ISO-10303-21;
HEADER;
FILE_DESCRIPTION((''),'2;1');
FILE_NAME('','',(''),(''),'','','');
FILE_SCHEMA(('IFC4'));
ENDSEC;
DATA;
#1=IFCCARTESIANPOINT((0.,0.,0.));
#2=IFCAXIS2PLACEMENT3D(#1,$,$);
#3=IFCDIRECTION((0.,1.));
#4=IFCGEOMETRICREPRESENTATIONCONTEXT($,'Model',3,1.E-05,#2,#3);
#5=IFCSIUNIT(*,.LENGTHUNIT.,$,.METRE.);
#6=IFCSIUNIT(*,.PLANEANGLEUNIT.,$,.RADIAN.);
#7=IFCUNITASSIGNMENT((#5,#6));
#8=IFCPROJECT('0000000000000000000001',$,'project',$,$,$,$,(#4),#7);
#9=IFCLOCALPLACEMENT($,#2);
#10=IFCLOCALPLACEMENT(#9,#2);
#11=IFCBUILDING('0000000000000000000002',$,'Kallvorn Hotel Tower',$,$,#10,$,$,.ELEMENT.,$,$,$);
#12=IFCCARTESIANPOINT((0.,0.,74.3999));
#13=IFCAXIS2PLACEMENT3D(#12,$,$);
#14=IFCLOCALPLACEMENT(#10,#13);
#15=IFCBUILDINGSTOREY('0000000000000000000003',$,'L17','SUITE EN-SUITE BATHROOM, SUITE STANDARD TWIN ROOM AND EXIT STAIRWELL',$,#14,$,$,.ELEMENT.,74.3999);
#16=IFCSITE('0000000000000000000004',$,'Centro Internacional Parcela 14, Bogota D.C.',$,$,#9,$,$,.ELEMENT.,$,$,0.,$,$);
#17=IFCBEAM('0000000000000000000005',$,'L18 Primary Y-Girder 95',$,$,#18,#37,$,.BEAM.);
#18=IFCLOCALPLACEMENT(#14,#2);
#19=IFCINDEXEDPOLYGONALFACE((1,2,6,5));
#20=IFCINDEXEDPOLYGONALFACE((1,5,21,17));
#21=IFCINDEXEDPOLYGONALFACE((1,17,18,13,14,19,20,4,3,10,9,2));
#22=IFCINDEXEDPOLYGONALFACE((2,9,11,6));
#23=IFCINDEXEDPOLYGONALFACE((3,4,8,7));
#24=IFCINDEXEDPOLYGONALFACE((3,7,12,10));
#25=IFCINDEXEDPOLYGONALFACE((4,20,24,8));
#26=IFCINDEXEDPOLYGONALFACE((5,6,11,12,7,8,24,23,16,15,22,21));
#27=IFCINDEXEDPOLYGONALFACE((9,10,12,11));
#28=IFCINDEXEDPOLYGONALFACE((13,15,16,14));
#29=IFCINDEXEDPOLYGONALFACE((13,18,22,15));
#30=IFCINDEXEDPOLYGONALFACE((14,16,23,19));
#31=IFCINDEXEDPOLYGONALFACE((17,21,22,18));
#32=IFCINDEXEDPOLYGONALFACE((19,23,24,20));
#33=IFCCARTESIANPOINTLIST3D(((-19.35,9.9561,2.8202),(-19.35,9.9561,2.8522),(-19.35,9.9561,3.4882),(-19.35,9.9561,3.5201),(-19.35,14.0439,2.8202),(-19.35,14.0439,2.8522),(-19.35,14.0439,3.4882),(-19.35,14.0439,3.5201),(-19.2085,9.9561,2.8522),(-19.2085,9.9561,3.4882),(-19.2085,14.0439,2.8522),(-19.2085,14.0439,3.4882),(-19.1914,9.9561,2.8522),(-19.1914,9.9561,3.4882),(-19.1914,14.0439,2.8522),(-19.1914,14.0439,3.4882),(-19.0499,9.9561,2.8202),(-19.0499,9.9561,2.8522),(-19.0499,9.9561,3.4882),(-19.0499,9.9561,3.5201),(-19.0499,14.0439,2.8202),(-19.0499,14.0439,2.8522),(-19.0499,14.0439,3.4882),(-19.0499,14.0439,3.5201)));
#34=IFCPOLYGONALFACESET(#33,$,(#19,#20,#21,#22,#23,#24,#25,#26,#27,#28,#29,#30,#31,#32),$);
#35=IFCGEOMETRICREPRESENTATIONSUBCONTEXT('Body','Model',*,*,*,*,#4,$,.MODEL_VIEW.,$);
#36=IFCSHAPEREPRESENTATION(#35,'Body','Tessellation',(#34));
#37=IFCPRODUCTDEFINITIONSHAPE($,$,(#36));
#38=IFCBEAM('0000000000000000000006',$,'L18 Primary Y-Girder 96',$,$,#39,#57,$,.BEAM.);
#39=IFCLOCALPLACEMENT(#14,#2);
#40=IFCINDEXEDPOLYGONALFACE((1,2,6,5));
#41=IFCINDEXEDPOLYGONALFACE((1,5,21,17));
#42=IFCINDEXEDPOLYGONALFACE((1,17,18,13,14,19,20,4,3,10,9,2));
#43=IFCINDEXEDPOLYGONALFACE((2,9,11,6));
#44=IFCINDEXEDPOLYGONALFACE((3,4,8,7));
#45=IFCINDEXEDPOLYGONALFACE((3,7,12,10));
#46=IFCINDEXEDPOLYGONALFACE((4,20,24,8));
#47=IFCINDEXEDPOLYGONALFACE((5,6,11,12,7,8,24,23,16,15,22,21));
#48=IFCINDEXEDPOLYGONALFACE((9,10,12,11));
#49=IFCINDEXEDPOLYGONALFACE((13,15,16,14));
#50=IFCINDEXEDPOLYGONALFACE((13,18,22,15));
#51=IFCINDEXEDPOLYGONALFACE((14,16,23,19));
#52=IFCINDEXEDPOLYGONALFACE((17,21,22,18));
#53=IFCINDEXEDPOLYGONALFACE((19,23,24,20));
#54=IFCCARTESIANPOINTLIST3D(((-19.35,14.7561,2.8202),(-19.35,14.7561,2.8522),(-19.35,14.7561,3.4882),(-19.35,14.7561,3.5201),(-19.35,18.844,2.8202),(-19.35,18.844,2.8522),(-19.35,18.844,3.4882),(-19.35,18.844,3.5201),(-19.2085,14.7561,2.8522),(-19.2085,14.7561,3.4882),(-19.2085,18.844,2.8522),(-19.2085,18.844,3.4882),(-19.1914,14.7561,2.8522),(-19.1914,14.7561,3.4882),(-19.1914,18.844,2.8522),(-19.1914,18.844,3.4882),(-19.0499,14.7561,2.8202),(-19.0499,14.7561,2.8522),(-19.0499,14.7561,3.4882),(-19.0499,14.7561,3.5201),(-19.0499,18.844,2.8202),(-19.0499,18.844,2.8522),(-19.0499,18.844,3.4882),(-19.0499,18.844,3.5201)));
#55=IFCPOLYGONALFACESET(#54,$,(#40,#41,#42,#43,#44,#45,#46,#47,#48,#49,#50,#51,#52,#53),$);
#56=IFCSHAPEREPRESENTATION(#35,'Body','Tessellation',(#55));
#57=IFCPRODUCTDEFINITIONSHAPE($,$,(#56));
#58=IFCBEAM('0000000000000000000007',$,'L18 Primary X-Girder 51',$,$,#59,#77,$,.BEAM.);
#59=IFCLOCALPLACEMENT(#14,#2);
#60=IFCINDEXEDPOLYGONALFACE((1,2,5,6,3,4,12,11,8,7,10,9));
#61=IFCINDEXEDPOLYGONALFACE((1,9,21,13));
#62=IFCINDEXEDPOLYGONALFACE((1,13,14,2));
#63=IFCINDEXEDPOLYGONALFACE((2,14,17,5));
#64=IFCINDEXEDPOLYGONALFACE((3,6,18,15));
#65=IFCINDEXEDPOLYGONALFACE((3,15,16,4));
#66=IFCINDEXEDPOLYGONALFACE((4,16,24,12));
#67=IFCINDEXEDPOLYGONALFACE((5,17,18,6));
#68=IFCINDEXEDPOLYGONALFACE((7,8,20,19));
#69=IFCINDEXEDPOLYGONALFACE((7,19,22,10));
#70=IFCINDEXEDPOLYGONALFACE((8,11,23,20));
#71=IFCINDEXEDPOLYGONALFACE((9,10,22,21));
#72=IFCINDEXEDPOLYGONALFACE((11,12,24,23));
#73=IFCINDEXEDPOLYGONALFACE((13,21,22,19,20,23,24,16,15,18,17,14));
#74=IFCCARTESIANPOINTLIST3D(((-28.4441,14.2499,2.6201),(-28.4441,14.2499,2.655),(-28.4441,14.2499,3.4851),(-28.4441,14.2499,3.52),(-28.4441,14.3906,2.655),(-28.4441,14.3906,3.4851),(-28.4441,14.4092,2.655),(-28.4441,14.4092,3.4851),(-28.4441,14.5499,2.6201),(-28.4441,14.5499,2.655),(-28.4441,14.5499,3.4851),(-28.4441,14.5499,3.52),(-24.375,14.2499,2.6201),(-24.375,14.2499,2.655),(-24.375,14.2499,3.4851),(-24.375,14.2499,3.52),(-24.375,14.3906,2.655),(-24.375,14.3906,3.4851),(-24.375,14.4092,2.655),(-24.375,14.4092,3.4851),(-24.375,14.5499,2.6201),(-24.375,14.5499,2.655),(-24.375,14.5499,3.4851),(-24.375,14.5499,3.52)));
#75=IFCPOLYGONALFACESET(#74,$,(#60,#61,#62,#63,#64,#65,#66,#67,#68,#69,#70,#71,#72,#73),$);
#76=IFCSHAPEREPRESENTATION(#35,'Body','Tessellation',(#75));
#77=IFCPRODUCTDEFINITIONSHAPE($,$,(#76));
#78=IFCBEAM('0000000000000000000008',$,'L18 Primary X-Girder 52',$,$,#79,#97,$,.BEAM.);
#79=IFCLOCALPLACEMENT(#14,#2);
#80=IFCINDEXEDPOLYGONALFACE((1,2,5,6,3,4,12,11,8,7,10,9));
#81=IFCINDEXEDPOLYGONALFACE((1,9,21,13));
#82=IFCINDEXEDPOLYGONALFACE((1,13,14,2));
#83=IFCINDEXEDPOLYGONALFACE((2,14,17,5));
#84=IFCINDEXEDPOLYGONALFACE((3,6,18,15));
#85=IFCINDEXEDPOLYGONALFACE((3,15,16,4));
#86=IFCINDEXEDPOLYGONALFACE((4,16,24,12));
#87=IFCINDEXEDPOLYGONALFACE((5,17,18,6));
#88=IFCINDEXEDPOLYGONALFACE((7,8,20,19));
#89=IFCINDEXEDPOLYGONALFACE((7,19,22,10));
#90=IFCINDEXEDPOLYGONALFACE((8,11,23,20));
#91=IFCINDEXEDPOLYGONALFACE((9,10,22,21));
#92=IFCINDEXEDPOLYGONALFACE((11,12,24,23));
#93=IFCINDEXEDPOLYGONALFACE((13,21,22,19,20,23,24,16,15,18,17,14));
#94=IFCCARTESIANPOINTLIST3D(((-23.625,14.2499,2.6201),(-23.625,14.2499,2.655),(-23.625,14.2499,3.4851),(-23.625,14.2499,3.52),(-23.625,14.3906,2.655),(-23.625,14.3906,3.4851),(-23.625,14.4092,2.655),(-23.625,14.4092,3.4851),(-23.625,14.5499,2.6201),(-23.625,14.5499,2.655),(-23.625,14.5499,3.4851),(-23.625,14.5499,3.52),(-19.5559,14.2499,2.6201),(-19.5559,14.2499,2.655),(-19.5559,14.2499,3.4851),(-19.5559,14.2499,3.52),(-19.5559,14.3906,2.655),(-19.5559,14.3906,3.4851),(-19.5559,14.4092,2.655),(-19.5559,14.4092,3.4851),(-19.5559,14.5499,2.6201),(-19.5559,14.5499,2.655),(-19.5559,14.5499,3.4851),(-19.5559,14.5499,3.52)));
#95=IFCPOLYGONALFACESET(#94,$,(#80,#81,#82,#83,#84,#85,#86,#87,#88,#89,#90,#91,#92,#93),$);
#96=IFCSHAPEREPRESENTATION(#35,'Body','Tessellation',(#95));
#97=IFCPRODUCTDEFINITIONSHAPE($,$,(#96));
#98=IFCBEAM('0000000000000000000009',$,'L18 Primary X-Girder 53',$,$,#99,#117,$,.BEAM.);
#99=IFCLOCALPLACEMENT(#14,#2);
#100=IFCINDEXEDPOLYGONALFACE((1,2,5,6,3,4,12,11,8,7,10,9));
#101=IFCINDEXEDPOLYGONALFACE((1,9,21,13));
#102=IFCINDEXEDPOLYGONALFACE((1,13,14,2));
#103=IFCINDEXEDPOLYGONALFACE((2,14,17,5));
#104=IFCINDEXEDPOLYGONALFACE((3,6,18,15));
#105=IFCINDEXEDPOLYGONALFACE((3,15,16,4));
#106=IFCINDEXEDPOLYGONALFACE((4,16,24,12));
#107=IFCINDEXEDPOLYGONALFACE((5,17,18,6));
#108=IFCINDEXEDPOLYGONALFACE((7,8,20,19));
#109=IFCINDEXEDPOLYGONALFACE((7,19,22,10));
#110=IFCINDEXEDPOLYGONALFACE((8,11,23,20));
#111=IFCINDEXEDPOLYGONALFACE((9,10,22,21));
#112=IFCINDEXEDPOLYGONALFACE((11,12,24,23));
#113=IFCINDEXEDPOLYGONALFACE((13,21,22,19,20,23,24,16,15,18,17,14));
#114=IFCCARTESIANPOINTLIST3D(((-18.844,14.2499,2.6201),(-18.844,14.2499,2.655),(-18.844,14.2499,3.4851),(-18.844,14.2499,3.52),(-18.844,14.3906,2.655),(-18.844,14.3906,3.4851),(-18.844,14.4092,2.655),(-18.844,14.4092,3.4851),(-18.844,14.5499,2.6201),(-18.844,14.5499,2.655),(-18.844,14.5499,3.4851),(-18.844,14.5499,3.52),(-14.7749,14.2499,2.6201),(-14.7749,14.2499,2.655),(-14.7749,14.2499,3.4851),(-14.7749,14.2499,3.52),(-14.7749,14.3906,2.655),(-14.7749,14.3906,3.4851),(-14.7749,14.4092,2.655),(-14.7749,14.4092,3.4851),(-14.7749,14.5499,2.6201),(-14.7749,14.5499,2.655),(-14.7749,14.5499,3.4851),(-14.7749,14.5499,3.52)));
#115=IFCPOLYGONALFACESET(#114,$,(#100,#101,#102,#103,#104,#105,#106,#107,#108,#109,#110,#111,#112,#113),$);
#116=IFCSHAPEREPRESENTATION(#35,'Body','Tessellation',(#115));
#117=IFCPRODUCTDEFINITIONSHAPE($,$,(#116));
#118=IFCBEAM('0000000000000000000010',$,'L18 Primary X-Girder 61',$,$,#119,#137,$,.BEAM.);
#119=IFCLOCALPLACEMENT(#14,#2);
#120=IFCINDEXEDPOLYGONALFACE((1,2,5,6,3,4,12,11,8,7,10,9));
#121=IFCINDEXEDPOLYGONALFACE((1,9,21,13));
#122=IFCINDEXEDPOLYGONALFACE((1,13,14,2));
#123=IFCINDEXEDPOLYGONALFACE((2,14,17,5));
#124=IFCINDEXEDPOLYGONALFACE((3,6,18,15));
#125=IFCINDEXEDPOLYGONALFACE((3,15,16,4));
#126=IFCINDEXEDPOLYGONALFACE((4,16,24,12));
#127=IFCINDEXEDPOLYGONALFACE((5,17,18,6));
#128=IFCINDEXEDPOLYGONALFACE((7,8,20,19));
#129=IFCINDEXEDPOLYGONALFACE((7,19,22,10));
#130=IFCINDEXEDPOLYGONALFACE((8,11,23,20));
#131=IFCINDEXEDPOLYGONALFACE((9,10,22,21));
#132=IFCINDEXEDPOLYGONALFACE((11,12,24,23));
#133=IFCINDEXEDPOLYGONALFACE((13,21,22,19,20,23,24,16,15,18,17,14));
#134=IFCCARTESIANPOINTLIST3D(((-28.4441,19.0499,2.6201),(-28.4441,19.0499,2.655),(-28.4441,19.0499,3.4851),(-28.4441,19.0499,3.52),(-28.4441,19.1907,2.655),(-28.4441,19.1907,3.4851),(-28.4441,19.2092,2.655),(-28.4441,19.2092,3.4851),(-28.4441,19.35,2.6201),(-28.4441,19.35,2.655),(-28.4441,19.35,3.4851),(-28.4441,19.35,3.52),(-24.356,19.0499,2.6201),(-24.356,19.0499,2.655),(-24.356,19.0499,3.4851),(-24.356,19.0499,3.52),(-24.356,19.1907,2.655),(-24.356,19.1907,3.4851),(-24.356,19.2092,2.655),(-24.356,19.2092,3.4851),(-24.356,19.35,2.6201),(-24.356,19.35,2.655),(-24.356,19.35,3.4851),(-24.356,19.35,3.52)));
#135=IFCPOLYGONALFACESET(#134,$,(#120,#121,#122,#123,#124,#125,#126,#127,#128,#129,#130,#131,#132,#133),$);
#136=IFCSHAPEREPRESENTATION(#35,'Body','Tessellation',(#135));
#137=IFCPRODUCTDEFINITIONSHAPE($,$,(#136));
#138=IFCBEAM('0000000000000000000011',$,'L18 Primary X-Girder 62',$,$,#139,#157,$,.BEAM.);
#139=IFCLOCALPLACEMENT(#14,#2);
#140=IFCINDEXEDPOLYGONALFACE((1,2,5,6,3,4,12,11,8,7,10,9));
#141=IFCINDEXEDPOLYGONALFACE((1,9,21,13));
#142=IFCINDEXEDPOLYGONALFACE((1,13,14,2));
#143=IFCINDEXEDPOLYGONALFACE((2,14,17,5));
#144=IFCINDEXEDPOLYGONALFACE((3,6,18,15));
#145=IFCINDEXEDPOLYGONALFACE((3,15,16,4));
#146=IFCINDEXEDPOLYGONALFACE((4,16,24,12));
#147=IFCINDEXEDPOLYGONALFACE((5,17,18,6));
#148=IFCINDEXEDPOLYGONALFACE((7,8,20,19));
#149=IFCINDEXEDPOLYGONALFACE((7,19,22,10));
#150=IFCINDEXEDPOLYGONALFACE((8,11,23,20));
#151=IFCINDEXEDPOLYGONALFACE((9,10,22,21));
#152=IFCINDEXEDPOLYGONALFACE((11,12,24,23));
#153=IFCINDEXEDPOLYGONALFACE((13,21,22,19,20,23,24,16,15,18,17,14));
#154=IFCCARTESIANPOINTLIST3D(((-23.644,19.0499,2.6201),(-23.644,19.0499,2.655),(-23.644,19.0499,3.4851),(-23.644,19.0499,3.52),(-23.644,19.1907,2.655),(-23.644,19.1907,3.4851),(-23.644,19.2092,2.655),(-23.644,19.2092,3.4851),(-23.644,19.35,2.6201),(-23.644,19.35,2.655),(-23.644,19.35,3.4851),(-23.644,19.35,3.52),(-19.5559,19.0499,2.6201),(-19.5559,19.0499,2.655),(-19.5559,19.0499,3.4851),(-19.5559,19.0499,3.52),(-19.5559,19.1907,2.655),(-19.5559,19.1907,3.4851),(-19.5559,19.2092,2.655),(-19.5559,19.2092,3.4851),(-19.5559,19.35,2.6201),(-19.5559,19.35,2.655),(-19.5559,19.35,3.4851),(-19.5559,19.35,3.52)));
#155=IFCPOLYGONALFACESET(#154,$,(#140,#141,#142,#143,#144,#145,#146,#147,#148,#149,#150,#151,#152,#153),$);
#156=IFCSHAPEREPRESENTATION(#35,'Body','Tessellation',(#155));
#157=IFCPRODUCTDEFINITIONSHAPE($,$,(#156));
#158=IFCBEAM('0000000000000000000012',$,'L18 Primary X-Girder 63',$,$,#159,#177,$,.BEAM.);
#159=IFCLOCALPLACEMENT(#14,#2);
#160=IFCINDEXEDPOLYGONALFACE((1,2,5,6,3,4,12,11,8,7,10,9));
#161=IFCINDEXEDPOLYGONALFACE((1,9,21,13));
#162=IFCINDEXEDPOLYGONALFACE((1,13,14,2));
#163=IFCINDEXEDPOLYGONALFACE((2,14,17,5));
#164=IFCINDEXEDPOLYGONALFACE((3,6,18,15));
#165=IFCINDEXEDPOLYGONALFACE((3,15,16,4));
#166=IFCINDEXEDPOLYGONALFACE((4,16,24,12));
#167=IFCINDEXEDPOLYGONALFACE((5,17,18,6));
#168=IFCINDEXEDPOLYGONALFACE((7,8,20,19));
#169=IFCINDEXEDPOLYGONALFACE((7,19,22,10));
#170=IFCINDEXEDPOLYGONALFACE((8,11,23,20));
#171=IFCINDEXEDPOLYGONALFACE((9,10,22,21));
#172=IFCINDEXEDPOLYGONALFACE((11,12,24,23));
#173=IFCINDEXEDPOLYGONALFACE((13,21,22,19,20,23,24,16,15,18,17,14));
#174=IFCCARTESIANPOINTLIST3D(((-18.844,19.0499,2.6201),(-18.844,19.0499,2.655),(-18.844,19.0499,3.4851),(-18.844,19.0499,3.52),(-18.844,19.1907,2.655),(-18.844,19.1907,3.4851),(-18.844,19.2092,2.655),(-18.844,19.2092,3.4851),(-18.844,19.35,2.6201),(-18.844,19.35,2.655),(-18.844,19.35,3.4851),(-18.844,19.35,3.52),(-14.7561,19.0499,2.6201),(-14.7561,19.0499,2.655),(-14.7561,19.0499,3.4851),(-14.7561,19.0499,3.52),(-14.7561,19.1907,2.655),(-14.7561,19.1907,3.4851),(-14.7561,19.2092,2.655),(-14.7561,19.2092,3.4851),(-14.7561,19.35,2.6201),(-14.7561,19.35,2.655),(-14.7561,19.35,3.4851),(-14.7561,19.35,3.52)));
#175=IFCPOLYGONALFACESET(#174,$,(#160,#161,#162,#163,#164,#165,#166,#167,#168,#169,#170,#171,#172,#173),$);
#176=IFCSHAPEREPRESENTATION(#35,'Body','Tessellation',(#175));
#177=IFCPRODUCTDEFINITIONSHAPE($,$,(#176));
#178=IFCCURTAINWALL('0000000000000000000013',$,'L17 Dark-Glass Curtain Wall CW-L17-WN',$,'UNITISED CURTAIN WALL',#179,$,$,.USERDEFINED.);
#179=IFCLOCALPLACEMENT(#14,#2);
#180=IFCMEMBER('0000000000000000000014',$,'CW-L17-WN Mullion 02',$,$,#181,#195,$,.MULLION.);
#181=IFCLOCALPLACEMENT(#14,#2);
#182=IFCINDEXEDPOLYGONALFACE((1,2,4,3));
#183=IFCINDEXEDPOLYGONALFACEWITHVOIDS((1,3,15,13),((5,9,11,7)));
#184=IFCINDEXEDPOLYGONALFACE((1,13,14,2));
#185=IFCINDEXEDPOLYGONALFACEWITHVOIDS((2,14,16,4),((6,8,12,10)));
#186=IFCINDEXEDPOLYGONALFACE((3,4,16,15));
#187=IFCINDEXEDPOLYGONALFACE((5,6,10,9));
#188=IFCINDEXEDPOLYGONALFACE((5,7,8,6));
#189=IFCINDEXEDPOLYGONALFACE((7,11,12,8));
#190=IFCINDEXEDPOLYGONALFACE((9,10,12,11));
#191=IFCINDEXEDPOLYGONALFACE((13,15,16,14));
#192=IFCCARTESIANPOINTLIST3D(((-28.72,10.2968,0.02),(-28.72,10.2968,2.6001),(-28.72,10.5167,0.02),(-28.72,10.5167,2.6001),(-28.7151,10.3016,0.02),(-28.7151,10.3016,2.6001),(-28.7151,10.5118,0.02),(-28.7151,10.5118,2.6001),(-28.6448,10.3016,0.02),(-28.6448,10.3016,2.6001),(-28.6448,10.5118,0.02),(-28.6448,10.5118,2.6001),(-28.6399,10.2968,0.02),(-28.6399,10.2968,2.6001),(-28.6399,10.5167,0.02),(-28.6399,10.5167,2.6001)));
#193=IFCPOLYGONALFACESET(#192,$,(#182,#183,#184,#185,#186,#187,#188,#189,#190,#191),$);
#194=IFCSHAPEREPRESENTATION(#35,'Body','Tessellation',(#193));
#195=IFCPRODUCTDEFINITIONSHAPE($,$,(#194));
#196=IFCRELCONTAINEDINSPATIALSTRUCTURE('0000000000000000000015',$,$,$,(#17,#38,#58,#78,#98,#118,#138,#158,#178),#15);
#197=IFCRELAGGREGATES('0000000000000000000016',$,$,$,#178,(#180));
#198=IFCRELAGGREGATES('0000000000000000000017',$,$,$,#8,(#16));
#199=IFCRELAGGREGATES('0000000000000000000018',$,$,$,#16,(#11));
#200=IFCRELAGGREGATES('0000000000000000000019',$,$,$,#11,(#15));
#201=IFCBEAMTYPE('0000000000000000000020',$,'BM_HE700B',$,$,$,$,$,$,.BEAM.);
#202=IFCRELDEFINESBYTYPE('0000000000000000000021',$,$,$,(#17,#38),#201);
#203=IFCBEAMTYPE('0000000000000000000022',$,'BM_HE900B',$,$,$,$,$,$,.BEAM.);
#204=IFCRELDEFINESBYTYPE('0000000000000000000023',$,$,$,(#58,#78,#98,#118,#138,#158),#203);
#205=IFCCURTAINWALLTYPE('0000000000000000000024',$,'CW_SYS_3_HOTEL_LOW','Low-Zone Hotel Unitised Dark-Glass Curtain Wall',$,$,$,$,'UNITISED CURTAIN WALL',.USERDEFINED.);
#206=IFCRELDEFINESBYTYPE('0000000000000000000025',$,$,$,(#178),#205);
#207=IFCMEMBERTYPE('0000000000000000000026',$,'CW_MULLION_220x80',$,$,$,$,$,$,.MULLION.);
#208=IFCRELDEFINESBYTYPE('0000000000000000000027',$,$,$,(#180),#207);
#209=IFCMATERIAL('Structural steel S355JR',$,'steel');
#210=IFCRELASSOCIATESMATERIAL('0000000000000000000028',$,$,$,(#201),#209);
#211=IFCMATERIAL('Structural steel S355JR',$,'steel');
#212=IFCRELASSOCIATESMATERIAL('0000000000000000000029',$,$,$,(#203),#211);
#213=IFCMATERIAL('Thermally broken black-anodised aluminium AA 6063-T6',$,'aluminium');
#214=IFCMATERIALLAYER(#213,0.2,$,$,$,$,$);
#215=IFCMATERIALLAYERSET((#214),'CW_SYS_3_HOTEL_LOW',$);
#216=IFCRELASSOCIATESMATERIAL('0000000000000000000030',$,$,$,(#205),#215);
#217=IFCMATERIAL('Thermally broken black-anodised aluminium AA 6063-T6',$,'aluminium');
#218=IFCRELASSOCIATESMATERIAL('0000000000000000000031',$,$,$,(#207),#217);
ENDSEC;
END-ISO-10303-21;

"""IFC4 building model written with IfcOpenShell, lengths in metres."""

from ifc_helpers import new_model, si_unit, direction, frame, origin, origin_2d, place, context, subcontext, project, spatial, hollow_rectangle, i_section, extrude, material, layer, layer_set, material_profile, profile_set, type_object, element, aggregate, save


model = new_model("IFC4")

# Units and contexts
model_context = context("Model", 3, precision=1e-05, world=origin(), true_north=direction((0.0, 1.0)))
body_context = subcontext(model_context, "Body", "Model", "MODEL_VIEW")
ifc_project = project(units=[si_unit("LENGTHUNIT", "METRE"), si_unit("PLANEANGLEUNIT", "RADIAN")], contexts=[model_context])

# Site, building, storey
site_placement = place(None, origin())
site = spatial("IfcSite", under=ifc_project, at=site_placement, Name="Centro Internacional Parcela 14, Bogota D.C.", CompositionType="ELEMENT", RefElevation=0.0)
building_placement = place(site_placement, origin())
building = spatial("IfcBuilding", under=site, at=building_placement, Name="Kallvorn Hotel Tower", CompositionType="ELEMENT")
storey_placement = place(building_placement, frame((0.0, 0.0, 74.3999)))
storey = spatial("IfcBuildingStorey", under=building, at=storey_placement, Name="L17", Description="SUITE EN-SUITE BATHROOM, SUITE STANDARD TWIN ROOM AND EXIT STAIRWELL", CompositionType="ELEMENT", Elevation=74.3999)

# Beams
ifc_material_1 = material(Name="Structural steel S355JR", Category="steel")
ifc_material_profile_1 = material_profile(ifc_material_1, i_section(OverallWidth=0.3, OverallDepth=0.7, WebThickness=0.0171, FlangeThickness=0.032, at=origin_2d()), Name="HE 700 B")
ifc_profile_set_1 = profile_set([ifc_material_profile_1], Name="Structural steel S355JR")
beam_type_1 = type_object("IfcBeamType", Name="BM_HE700B", PredefinedType="BEAM", material=ifc_profile_set_1)
for number, where, z_axis, x_axis, name in (
    (1, (-19.2, 9.9561, 3.1702), (0.0, 1.0, 0.0), (-1.0, 0.0, 0.0), "L18 Primary Y-Girder 95"),
    (2, (-19.2, 14.7561, 3.1702), (0.0, 1.0, 0.0), (-1.0, 0.0, 0.0), "L18 Primary Y-Girder 96"),
):
    element("IfcBeam", number, at=place(storey_placement, frame(where, z_axis=z_axis, x_axis=x_axis)), inside=storey, type_object=beam_type_1, Name=name, PredefinedType="BEAM", context=body_context, shape_type="SweptSolid", body=[
        extrude(i_section(OverallWidth=0.3, OverallDepth=0.7, WebThickness=0.0171, FlangeThickness=0.032, at=origin_2d()), origin(), (0.0, 0.0, 1.0), 4.0879),
    ])
ifc_material_2 = material(Name="Structural steel S355JR", Category="steel")
ifc_material_profile_2 = material_profile(ifc_material_2, i_section(OverallWidth=0.3, OverallDepth=0.8999, WebThickness=0.0186, FlangeThickness=0.0349, at=origin_2d()), Name="HE 900 B")
ifc_profile_set_2 = profile_set([ifc_material_profile_2], Name="Structural steel S355JR")
beam_type_2 = type_object("IfcBeamType", Name="BM_HE900B", PredefinedType="BEAM", material=ifc_profile_set_2)
for number, where, z_axis, x_axis, name in (
    (3, (-28.4441, 14.3999, 3.0701), (1.0, 0.0, 0.0), (0.0, 1.0, 0.0), "L18 Primary X-Girder 51"),
    (4, (-23.625, 14.3999, 3.0701), (1.0, 0.0, 0.0), (0.0, 1.0, 0.0), "L18 Primary X-Girder 52"),
    (5, (-18.844, 14.3999, 3.0701), (1.0, 0.0, 0.0), (0.0, 1.0, 0.0), "L18 Primary X-Girder 53"),
):
    element("IfcBeam", number, at=place(storey_placement, frame(where, z_axis=z_axis, x_axis=x_axis)), inside=storey, type_object=beam_type_2, Name=name, PredefinedType="BEAM", context=body_context, shape_type="SweptSolid", body=[
        extrude(i_section(OverallWidth=0.3, OverallDepth=0.8999, WebThickness=0.0186, FlangeThickness=0.0349, at=origin_2d()), origin(), (0.0, 0.0, 1.0), 4.0691),
    ])
for number, where, z_axis, x_axis, name in (
    (6, (-28.4441, 19.2, 3.0701), (1.0, 0.0, 0.0), (0.0, 1.0, 0.0), "L18 Primary X-Girder 61"),
    (7, (-23.644, 19.2, 3.0701), (1.0, 0.0, 0.0), (0.0, 1.0, 0.0), "L18 Primary X-Girder 62"),
):
    element("IfcBeam", number, at=place(storey_placement, frame(where, z_axis=z_axis, x_axis=x_axis)), inside=storey, type_object=beam_type_2, Name=name, PredefinedType="BEAM", context=body_context, shape_type="SweptSolid", body=[
        extrude(i_section(OverallWidth=0.3, OverallDepth=0.8999, WebThickness=0.0186, FlangeThickness=0.0349, at=origin_2d()), origin(), (0.0, 0.0, 1.0), 4.0881),
    ])
beam_1_placement = place(storey_placement, frame((-18.844, 19.2, 3.0701), z_axis=(1.0, 0.0, 0.0), x_axis=(0.0, 1.0, 0.0)))
element("IfcBeam", 8, at=beam_1_placement, inside=storey, type_object=beam_type_2, Name="L18 Primary X-Girder 63", PredefinedType="BEAM", context=body_context, shape_type="SweptSolid", body=[
    extrude(i_section(OverallWidth=0.3, OverallDepth=0.8999, WebThickness=0.0186, FlangeThickness=0.0349, at=origin_2d()), origin(), (0.0, 0.0, 1.0), 4.0879),
])

# Curtain wall, member
ifc_material_3 = material(Name="Thermally broken black-anodised aluminium AA 6063-T6", Category="aluminium")
ifc_layer_1 = layer(ifc_material_3, 0.2)
ifc_layer_set_1 = layer_set([ifc_layer_1], Name="CW_SYS_3_HOTEL_LOW")
curtain_wall_type = type_object("IfcCurtainWallType", Name="CW_SYS_3_HOTEL_LOW", Description="Low-Zone Hotel Unitised Dark-Glass Curtain Wall", ElementType="UNITISED CURTAIN WALL", PredefinedType="USERDEFINED", material=ifc_layer_set_1)
curtain_wall_placement = place(storey_placement, origin())
curtain_wall = element("IfcCurtainWall", 9, at=curtain_wall_placement, inside=storey, type_object=curtain_wall_type, Name="L17 Dark-Glass Curtain Wall CW-L17-WN", ObjectType="UNITISED CURTAIN WALL", PredefinedType="USERDEFINED")
ifc_material_4 = material(Name="Thermally broken black-anodised aluminium AA 6063-T6", Category="aluminium")
ifc_material_profile_3 = material_profile(ifc_material_4, hollow_rectangle(XDim=0.0801, YDim=0.22, WallThickness=0.0049, at=origin_2d()), Name="MUL 220x80")
ifc_profile_set_3 = profile_set([ifc_material_profile_3], Name="Thermally broken black-anodised aluminium AA 6063-T6")
member_type_1 = type_object("IfcMemberType", Name="CW_MULLION_220x80", PredefinedType="MULLION", material=ifc_profile_set_3)
member_1_placement = place(storey_placement, frame((-28.6799, 10.4067, 0.02), z_axis=(0.0, 0.0, 1.0), x_axis=(1.0, 0.0, 0.0)))
member_1 = element("IfcMember", 10, at=member_1_placement, type_object=member_type_1, Name="CW-L17-WN Mullion 02", PredefinedType="MULLION", context=body_context, shape_type="SweptSolid", body=[
    extrude(hollow_rectangle(XDim=0.0801, YDim=0.22, WallThickness=0.0049, at=origin_2d()), origin(), (0.0, 0.0, 1.0), 2.5801),
])

aggregate(curtain_wall, [member_1])

save(model, "model.ifc")
